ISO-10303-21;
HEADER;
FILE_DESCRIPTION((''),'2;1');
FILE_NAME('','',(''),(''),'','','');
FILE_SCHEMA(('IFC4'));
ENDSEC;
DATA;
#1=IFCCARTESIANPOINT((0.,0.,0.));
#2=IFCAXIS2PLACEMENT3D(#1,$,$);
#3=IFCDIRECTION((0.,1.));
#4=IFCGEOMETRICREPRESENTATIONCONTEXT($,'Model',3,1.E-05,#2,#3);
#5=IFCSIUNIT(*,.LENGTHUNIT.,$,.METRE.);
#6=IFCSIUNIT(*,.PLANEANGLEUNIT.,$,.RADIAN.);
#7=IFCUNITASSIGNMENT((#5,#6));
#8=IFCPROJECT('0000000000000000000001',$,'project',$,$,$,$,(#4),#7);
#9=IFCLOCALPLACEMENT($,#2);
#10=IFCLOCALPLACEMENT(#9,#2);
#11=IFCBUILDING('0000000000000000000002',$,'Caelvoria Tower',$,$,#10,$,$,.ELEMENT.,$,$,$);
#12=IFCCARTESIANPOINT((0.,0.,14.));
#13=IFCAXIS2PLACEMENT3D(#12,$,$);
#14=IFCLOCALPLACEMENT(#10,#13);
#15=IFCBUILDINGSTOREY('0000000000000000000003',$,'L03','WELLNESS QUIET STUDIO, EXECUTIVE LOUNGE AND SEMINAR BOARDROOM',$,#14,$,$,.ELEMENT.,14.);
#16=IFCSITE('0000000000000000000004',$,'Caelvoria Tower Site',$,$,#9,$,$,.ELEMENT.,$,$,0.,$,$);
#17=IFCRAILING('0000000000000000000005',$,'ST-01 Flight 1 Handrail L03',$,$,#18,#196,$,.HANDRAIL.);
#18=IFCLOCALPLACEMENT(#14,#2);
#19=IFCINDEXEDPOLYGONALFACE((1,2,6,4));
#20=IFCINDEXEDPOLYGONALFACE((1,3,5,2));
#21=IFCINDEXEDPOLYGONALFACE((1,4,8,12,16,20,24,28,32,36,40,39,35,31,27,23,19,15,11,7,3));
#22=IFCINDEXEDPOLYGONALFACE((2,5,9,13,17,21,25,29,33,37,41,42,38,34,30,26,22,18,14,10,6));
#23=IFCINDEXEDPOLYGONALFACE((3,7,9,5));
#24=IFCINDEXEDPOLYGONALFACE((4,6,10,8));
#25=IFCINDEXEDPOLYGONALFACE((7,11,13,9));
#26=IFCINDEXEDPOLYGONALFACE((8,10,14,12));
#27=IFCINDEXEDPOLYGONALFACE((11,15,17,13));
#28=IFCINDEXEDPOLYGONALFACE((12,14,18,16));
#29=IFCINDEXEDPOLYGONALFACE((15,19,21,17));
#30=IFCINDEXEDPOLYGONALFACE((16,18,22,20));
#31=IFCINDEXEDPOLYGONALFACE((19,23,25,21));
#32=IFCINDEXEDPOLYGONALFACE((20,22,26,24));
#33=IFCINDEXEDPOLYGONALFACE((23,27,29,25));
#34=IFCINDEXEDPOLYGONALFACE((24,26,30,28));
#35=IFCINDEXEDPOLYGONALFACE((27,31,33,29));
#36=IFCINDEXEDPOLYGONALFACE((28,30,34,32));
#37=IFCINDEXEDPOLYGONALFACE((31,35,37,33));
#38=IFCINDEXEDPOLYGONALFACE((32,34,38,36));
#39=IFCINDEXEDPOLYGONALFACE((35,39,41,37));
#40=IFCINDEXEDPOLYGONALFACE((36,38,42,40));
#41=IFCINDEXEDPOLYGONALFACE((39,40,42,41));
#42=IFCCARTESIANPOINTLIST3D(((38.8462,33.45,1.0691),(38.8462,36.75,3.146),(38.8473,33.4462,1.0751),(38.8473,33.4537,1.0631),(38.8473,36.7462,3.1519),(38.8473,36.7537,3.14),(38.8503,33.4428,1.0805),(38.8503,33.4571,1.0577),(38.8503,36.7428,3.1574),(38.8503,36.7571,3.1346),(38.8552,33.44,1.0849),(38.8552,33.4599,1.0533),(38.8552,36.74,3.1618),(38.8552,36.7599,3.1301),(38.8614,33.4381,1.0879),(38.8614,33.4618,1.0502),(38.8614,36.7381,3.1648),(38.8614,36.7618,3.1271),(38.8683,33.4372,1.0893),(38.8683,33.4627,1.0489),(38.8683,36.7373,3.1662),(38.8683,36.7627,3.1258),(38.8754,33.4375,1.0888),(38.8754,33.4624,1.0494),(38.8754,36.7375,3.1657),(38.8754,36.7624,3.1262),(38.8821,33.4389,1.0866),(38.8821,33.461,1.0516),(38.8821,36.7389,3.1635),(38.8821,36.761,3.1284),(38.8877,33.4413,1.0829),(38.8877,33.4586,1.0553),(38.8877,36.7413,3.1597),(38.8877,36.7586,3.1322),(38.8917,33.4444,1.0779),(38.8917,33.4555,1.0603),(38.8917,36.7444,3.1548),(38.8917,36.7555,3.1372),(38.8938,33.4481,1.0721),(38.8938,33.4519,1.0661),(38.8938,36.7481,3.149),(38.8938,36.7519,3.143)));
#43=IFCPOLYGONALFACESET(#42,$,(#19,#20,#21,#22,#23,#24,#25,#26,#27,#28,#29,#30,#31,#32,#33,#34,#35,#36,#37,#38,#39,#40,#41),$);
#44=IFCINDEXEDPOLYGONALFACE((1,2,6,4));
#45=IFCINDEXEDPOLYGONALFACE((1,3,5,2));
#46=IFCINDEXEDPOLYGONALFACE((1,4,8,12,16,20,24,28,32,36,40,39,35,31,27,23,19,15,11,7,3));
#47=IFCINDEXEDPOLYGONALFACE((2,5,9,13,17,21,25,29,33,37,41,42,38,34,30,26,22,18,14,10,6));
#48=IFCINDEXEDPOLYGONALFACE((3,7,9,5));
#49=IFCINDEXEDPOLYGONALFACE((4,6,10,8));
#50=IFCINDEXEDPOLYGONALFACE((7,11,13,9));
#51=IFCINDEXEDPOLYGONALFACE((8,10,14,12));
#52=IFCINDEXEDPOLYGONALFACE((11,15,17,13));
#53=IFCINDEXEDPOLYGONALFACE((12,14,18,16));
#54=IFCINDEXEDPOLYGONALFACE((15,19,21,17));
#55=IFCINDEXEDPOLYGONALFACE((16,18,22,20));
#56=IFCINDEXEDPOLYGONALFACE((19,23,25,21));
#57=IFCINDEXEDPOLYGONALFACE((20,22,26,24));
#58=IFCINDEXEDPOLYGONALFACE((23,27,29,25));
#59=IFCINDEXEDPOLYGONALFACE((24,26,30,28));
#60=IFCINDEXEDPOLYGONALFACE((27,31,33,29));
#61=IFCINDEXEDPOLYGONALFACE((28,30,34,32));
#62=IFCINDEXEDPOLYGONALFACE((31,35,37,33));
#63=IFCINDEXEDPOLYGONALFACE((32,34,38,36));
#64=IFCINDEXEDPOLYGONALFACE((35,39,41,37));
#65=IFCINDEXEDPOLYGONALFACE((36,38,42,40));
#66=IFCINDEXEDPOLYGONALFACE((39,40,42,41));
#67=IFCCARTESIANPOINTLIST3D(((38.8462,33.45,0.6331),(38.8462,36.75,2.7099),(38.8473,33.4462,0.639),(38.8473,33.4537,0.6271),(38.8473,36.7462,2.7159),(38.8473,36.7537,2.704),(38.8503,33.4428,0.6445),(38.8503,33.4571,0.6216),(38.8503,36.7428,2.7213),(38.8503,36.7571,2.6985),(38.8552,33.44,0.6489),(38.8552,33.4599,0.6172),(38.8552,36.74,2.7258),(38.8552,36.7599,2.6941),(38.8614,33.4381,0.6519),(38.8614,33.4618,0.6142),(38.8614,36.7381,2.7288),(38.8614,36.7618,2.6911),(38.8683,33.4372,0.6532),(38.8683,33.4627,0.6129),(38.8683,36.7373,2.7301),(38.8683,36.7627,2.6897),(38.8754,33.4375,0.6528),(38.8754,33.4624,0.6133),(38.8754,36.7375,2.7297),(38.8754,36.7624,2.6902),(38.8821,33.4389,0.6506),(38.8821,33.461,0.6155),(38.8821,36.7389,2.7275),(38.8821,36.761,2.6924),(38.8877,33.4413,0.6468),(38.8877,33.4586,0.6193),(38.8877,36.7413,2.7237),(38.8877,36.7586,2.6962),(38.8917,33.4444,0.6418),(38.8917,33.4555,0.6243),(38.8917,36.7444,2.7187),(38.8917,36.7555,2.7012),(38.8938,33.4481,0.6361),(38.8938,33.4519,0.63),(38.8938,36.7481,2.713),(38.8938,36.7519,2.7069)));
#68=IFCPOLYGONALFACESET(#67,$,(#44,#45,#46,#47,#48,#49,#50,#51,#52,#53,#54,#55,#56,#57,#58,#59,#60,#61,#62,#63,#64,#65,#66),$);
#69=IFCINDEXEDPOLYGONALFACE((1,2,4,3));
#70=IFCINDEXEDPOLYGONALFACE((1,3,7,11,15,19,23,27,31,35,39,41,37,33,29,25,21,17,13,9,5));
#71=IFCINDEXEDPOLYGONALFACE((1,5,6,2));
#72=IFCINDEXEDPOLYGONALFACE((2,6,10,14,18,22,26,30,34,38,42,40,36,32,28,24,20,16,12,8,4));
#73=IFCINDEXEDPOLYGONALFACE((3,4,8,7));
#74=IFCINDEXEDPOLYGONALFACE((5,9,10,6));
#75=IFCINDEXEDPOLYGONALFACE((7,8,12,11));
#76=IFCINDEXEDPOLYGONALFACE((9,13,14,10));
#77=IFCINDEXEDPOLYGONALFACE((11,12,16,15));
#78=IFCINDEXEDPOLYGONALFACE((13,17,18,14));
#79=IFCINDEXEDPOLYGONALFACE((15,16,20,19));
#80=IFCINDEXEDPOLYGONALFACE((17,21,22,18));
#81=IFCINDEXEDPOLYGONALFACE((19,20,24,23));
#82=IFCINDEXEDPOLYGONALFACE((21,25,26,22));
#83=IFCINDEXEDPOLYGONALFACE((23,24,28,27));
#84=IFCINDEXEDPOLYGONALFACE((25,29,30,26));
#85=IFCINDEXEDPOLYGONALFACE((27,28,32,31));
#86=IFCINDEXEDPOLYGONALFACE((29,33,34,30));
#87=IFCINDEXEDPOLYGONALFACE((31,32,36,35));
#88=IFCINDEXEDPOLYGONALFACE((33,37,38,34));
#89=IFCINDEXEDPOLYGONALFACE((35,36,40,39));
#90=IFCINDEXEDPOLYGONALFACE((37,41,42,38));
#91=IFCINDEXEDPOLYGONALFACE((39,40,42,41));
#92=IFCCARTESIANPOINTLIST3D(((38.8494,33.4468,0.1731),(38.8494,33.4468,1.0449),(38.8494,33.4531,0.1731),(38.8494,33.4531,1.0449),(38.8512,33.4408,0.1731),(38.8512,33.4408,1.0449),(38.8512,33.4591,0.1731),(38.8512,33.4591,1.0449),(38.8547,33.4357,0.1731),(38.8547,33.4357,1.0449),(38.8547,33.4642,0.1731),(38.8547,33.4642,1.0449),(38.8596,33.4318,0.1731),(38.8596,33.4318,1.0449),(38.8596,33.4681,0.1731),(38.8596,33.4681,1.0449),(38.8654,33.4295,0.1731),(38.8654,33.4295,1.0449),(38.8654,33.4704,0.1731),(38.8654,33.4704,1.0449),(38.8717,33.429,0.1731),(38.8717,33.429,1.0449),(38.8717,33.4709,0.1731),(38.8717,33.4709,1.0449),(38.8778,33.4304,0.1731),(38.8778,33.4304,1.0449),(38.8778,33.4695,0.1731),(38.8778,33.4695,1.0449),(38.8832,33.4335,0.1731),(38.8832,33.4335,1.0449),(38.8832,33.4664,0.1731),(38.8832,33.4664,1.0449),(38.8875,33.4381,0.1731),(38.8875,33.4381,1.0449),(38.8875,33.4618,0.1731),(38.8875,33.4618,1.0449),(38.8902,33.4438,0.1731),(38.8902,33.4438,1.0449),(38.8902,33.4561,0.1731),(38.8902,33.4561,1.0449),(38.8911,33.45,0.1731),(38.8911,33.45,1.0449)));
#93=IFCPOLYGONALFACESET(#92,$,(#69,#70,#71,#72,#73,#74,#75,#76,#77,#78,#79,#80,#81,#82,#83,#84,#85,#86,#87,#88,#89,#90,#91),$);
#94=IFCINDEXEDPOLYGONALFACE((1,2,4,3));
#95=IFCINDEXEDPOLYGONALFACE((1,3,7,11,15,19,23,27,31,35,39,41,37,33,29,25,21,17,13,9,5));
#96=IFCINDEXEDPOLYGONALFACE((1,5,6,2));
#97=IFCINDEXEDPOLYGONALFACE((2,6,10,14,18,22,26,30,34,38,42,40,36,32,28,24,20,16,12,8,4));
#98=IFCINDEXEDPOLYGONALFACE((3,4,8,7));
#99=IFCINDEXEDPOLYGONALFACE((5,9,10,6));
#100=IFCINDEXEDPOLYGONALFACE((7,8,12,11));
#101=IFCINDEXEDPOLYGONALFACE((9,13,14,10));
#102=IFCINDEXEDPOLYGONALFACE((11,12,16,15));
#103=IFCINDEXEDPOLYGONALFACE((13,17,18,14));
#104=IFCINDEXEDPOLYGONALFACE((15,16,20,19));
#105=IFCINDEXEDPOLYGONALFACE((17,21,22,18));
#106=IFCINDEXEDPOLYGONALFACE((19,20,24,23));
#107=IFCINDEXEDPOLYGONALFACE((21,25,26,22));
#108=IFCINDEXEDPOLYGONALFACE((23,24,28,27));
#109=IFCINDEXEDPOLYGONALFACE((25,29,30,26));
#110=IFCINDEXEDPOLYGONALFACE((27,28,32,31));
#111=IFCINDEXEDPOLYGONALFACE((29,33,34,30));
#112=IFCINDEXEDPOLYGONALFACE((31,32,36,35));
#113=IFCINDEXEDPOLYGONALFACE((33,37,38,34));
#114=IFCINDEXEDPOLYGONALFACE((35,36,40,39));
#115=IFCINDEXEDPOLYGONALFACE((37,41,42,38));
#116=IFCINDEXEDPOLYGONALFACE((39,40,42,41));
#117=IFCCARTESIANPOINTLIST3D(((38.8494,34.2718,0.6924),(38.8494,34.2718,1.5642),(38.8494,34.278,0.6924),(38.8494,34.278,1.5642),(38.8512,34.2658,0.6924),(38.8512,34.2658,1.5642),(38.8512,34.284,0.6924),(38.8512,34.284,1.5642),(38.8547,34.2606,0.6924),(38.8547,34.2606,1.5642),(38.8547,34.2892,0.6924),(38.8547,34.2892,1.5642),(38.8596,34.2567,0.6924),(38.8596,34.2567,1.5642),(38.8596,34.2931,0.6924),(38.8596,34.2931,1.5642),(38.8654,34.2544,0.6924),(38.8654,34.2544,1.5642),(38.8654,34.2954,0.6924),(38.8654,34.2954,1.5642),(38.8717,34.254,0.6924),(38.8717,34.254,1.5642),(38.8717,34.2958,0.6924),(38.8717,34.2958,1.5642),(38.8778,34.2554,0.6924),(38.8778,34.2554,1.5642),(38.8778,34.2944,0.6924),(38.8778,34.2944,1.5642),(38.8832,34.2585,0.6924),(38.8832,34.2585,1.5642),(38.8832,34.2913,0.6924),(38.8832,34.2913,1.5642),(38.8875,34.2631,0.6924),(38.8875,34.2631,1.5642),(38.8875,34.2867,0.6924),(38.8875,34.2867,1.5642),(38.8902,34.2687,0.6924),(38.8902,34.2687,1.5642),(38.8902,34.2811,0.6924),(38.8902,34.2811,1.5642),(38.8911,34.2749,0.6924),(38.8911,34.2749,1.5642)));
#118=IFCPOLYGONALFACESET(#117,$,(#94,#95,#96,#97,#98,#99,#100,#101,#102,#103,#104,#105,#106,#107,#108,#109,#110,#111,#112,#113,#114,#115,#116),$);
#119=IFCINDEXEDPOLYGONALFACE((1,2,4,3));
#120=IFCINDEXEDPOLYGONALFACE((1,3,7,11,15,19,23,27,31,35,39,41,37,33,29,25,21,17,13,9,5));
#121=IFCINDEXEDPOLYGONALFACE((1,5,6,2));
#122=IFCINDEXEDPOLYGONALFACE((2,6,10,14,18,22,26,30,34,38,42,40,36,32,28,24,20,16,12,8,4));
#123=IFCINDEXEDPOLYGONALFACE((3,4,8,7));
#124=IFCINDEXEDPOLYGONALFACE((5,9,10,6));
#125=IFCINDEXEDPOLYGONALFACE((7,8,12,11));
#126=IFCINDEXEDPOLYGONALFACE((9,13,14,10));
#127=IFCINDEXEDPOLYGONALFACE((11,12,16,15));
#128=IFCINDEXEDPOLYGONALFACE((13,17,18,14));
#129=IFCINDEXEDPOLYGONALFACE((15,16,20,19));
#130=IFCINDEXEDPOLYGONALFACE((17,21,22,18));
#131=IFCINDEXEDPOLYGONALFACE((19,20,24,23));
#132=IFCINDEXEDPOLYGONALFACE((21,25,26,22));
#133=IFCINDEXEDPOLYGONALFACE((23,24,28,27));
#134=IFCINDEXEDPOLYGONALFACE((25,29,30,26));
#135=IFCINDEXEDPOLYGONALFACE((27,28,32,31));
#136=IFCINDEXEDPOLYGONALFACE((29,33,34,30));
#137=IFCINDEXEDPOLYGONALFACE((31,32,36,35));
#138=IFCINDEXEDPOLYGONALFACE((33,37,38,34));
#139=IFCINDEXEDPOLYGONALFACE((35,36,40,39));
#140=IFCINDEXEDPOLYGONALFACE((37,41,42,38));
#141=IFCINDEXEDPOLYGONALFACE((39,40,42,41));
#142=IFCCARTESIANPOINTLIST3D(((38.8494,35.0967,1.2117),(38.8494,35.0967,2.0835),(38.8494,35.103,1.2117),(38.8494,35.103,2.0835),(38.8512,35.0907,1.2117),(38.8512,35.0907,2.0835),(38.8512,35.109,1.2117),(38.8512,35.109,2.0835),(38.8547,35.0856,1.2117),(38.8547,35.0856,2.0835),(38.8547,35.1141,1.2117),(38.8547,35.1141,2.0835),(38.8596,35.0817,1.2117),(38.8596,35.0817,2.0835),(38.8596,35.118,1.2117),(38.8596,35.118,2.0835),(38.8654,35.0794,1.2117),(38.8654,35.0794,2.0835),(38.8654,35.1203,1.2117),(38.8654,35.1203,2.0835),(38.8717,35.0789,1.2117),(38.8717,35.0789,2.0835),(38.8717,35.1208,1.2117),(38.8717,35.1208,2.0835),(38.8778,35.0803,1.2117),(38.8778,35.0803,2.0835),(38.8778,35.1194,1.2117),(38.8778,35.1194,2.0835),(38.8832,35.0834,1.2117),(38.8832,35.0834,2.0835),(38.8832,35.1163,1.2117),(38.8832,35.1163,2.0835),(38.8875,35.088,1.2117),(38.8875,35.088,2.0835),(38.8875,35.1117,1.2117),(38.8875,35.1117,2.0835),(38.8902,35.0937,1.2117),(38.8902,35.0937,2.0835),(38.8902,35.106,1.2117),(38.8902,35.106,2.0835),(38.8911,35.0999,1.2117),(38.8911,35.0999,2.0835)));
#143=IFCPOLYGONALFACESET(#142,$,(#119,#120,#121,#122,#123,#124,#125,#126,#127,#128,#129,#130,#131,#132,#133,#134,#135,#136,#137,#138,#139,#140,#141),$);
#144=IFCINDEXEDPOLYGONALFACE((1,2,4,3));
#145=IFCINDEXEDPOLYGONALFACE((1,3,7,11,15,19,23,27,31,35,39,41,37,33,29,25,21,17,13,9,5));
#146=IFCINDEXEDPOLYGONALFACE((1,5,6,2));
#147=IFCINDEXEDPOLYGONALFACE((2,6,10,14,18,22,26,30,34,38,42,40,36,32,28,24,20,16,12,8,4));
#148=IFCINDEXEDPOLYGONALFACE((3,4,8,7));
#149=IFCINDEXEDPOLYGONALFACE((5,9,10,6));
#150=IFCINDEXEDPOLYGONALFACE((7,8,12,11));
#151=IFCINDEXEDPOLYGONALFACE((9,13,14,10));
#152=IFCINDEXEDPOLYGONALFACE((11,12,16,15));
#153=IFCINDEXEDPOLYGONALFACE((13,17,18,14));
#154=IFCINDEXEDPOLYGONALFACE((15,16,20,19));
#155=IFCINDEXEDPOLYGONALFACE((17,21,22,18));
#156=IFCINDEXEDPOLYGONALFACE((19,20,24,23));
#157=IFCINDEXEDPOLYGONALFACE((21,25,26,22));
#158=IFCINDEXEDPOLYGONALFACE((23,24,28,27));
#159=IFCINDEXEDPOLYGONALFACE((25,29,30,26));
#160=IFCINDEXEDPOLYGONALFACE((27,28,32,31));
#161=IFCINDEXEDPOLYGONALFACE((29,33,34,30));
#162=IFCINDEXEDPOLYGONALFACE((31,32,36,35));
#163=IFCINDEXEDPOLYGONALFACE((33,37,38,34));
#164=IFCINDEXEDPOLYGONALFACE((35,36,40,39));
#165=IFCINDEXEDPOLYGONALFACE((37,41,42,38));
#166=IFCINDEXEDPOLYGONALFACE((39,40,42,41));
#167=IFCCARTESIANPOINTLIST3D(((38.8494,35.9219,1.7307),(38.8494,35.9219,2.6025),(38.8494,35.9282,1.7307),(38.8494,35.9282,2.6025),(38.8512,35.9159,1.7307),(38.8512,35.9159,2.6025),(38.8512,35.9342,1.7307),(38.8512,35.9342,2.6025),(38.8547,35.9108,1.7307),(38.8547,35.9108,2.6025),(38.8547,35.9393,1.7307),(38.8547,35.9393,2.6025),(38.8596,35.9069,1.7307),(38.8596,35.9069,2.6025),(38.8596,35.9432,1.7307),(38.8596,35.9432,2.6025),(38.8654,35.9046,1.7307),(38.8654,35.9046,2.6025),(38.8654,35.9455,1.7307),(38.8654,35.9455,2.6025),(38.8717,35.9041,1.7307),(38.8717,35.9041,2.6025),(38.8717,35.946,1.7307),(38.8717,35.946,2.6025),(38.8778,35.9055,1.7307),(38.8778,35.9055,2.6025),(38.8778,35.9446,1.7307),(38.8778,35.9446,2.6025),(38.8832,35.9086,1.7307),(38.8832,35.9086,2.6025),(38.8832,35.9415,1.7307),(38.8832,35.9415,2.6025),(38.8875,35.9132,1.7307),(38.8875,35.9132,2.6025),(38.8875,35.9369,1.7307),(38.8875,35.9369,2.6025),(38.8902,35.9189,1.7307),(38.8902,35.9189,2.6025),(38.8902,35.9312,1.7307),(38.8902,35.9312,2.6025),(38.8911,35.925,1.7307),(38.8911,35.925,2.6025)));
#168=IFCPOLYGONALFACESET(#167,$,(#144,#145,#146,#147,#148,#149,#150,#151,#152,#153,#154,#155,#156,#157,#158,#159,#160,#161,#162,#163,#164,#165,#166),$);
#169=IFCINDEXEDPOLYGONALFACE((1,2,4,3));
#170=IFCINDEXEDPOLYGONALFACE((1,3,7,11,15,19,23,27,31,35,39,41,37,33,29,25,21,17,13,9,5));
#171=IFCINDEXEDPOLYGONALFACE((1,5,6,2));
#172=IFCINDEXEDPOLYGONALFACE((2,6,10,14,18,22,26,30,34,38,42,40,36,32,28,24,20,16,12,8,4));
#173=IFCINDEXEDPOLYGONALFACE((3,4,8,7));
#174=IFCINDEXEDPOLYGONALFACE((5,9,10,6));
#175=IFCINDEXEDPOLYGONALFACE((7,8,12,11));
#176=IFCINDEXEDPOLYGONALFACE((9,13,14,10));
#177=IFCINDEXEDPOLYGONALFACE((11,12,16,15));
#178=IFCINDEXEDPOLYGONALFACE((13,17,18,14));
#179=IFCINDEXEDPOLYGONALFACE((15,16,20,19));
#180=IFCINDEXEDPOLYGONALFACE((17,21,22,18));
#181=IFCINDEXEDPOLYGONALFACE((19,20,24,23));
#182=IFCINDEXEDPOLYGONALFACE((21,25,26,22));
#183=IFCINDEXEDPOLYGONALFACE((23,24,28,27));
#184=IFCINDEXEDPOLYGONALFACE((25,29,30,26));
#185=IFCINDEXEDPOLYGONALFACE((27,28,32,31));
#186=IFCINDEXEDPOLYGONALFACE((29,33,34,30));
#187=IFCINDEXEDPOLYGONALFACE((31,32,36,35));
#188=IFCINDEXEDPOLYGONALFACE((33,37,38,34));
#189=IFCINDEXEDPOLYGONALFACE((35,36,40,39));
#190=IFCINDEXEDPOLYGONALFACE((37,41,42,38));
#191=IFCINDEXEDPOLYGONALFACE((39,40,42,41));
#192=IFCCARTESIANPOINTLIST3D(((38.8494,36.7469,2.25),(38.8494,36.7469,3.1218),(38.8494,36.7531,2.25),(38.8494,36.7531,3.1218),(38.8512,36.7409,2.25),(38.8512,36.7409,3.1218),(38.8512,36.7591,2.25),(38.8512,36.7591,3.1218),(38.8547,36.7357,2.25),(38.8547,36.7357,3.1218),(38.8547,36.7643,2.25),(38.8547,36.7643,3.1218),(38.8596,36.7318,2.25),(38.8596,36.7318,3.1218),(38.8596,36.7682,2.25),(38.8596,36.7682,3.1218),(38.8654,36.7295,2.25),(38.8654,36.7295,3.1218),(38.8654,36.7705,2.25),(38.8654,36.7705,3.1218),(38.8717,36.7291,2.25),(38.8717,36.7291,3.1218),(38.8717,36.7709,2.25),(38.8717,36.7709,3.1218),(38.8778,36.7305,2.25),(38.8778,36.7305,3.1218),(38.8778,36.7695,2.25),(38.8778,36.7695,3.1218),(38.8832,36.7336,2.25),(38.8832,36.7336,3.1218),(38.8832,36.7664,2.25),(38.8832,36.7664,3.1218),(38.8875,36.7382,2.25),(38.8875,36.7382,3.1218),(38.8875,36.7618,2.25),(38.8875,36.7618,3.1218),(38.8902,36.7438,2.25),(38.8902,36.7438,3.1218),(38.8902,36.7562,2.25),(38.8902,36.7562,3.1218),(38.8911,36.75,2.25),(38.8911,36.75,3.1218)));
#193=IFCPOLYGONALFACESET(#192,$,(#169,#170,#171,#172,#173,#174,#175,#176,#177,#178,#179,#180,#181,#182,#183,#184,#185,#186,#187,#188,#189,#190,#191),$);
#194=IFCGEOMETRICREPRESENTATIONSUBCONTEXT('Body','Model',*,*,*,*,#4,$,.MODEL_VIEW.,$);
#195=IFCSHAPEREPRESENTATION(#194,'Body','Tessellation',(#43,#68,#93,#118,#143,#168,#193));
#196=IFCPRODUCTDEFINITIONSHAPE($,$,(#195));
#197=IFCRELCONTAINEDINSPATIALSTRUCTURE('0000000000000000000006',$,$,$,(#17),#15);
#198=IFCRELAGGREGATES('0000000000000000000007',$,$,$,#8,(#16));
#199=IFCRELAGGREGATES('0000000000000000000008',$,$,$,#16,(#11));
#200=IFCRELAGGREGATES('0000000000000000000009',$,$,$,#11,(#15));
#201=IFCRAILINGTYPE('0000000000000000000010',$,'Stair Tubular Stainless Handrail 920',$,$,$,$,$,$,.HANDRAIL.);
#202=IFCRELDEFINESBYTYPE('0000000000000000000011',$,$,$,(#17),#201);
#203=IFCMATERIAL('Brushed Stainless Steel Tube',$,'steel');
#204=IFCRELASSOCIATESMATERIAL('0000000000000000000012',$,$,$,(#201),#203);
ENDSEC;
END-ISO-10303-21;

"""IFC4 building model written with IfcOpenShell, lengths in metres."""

from ifc_helpers import new_model, si_unit, direction, frame, origin, origin_2d, place, context, subcontext, project, spatial, circle, extrude, material, type_object, element, save


model = new_model("IFC4")

# Units and contexts
model_context = context("Model", 3, precision=1e-05, world=origin(), true_north=direction((0.0, 1.0)))
body_context = subcontext(model_context, "Body", "Model", "MODEL_VIEW")
ifc_project = project(units=[si_unit("LENGTHUNIT", "METRE"), si_unit("PLANEANGLEUNIT", "RADIAN")], contexts=[model_context])

# Site, building, storey
site_placement = place(None, origin())
site = spatial("IfcSite", under=ifc_project, at=site_placement, Name="Caelvoria Tower Site", CompositionType="ELEMENT", RefElevation=0.0)
building_placement = place(site_placement, origin())
building = spatial("IfcBuilding", under=site, at=building_placement, Name="Caelvoria Tower", CompositionType="ELEMENT")
storey_placement = place(building_placement, frame((0.0, 0.0, 14.0)))
storey = spatial("IfcBuildingStorey", under=building, at=storey_placement, Name="L03", Description="WELLNESS QUIET STUDIO, EXECUTIVE LOUNGE AND SEMINAR BOARDROOM", CompositionType="ELEMENT", Elevation=14.0)

# Railing
ifc_material_1 = material(Name="Brushed Stainless Steel Tube", Category="steel")
railing_type_1 = type_object("IfcRailingType", Name="Stair Tubular Stainless Handrail 920", PredefinedType="HANDRAIL", material=ifc_material_1)
railing_1_placement = place(storey_placement, frame((38.8701, 33.45, 0.1731)))
element("IfcRailing", 1, at=railing_1_placement, inside=storey, type_object=railing_type_1, Name="ST-01 Flight 1 Handrail L03", PredefinedType="HANDRAIL", context=body_context, shape_type="SweptSolid", body=[
    extrude(circle(Radius=0.0239, at=origin_2d()), frame((0.0, 0.0, 0.896), z_axis=(0.0, 0.846337, 0.532647), x_axis=(-1.0, 0.0, 0.0)), (0.0, 0.0, 1.0), 3.8992),
    extrude(circle(Radius=0.0239, at=origin_2d()), frame((0.0, 0.0, 0.46), z_axis=(0.0, 0.846337, 0.532647), x_axis=(-1.0, 0.0, 0.0)), (0.0, 0.0, 1.0), 3.8992),
    extrude(circle(Radius=0.021, at=origin_2d()), origin(), (0.0, 0.0, 1.0), 0.8718),
    extrude(circle(Radius=0.021, at=origin_2d()), frame((0.0, 0.825, 0.5193)), (0.0, 0.0, 1.0), 0.8718),
    extrude(circle(Radius=0.021, at=origin_2d()), frame((0.0, 1.6499, 1.0386)), (0.0, 0.0, 1.0), 0.8718),
    extrude(circle(Radius=0.021, at=origin_2d()), frame((0.0, 2.4751, 1.5576)), (0.0, 0.0, 1.0), 0.8718),
    extrude(circle(Radius=0.021, at=origin_2d()), frame((0.0, 3.3, 2.0769)), (0.0, 0.0, 1.0), 0.8718),
])

save(model, "model.ifc")
